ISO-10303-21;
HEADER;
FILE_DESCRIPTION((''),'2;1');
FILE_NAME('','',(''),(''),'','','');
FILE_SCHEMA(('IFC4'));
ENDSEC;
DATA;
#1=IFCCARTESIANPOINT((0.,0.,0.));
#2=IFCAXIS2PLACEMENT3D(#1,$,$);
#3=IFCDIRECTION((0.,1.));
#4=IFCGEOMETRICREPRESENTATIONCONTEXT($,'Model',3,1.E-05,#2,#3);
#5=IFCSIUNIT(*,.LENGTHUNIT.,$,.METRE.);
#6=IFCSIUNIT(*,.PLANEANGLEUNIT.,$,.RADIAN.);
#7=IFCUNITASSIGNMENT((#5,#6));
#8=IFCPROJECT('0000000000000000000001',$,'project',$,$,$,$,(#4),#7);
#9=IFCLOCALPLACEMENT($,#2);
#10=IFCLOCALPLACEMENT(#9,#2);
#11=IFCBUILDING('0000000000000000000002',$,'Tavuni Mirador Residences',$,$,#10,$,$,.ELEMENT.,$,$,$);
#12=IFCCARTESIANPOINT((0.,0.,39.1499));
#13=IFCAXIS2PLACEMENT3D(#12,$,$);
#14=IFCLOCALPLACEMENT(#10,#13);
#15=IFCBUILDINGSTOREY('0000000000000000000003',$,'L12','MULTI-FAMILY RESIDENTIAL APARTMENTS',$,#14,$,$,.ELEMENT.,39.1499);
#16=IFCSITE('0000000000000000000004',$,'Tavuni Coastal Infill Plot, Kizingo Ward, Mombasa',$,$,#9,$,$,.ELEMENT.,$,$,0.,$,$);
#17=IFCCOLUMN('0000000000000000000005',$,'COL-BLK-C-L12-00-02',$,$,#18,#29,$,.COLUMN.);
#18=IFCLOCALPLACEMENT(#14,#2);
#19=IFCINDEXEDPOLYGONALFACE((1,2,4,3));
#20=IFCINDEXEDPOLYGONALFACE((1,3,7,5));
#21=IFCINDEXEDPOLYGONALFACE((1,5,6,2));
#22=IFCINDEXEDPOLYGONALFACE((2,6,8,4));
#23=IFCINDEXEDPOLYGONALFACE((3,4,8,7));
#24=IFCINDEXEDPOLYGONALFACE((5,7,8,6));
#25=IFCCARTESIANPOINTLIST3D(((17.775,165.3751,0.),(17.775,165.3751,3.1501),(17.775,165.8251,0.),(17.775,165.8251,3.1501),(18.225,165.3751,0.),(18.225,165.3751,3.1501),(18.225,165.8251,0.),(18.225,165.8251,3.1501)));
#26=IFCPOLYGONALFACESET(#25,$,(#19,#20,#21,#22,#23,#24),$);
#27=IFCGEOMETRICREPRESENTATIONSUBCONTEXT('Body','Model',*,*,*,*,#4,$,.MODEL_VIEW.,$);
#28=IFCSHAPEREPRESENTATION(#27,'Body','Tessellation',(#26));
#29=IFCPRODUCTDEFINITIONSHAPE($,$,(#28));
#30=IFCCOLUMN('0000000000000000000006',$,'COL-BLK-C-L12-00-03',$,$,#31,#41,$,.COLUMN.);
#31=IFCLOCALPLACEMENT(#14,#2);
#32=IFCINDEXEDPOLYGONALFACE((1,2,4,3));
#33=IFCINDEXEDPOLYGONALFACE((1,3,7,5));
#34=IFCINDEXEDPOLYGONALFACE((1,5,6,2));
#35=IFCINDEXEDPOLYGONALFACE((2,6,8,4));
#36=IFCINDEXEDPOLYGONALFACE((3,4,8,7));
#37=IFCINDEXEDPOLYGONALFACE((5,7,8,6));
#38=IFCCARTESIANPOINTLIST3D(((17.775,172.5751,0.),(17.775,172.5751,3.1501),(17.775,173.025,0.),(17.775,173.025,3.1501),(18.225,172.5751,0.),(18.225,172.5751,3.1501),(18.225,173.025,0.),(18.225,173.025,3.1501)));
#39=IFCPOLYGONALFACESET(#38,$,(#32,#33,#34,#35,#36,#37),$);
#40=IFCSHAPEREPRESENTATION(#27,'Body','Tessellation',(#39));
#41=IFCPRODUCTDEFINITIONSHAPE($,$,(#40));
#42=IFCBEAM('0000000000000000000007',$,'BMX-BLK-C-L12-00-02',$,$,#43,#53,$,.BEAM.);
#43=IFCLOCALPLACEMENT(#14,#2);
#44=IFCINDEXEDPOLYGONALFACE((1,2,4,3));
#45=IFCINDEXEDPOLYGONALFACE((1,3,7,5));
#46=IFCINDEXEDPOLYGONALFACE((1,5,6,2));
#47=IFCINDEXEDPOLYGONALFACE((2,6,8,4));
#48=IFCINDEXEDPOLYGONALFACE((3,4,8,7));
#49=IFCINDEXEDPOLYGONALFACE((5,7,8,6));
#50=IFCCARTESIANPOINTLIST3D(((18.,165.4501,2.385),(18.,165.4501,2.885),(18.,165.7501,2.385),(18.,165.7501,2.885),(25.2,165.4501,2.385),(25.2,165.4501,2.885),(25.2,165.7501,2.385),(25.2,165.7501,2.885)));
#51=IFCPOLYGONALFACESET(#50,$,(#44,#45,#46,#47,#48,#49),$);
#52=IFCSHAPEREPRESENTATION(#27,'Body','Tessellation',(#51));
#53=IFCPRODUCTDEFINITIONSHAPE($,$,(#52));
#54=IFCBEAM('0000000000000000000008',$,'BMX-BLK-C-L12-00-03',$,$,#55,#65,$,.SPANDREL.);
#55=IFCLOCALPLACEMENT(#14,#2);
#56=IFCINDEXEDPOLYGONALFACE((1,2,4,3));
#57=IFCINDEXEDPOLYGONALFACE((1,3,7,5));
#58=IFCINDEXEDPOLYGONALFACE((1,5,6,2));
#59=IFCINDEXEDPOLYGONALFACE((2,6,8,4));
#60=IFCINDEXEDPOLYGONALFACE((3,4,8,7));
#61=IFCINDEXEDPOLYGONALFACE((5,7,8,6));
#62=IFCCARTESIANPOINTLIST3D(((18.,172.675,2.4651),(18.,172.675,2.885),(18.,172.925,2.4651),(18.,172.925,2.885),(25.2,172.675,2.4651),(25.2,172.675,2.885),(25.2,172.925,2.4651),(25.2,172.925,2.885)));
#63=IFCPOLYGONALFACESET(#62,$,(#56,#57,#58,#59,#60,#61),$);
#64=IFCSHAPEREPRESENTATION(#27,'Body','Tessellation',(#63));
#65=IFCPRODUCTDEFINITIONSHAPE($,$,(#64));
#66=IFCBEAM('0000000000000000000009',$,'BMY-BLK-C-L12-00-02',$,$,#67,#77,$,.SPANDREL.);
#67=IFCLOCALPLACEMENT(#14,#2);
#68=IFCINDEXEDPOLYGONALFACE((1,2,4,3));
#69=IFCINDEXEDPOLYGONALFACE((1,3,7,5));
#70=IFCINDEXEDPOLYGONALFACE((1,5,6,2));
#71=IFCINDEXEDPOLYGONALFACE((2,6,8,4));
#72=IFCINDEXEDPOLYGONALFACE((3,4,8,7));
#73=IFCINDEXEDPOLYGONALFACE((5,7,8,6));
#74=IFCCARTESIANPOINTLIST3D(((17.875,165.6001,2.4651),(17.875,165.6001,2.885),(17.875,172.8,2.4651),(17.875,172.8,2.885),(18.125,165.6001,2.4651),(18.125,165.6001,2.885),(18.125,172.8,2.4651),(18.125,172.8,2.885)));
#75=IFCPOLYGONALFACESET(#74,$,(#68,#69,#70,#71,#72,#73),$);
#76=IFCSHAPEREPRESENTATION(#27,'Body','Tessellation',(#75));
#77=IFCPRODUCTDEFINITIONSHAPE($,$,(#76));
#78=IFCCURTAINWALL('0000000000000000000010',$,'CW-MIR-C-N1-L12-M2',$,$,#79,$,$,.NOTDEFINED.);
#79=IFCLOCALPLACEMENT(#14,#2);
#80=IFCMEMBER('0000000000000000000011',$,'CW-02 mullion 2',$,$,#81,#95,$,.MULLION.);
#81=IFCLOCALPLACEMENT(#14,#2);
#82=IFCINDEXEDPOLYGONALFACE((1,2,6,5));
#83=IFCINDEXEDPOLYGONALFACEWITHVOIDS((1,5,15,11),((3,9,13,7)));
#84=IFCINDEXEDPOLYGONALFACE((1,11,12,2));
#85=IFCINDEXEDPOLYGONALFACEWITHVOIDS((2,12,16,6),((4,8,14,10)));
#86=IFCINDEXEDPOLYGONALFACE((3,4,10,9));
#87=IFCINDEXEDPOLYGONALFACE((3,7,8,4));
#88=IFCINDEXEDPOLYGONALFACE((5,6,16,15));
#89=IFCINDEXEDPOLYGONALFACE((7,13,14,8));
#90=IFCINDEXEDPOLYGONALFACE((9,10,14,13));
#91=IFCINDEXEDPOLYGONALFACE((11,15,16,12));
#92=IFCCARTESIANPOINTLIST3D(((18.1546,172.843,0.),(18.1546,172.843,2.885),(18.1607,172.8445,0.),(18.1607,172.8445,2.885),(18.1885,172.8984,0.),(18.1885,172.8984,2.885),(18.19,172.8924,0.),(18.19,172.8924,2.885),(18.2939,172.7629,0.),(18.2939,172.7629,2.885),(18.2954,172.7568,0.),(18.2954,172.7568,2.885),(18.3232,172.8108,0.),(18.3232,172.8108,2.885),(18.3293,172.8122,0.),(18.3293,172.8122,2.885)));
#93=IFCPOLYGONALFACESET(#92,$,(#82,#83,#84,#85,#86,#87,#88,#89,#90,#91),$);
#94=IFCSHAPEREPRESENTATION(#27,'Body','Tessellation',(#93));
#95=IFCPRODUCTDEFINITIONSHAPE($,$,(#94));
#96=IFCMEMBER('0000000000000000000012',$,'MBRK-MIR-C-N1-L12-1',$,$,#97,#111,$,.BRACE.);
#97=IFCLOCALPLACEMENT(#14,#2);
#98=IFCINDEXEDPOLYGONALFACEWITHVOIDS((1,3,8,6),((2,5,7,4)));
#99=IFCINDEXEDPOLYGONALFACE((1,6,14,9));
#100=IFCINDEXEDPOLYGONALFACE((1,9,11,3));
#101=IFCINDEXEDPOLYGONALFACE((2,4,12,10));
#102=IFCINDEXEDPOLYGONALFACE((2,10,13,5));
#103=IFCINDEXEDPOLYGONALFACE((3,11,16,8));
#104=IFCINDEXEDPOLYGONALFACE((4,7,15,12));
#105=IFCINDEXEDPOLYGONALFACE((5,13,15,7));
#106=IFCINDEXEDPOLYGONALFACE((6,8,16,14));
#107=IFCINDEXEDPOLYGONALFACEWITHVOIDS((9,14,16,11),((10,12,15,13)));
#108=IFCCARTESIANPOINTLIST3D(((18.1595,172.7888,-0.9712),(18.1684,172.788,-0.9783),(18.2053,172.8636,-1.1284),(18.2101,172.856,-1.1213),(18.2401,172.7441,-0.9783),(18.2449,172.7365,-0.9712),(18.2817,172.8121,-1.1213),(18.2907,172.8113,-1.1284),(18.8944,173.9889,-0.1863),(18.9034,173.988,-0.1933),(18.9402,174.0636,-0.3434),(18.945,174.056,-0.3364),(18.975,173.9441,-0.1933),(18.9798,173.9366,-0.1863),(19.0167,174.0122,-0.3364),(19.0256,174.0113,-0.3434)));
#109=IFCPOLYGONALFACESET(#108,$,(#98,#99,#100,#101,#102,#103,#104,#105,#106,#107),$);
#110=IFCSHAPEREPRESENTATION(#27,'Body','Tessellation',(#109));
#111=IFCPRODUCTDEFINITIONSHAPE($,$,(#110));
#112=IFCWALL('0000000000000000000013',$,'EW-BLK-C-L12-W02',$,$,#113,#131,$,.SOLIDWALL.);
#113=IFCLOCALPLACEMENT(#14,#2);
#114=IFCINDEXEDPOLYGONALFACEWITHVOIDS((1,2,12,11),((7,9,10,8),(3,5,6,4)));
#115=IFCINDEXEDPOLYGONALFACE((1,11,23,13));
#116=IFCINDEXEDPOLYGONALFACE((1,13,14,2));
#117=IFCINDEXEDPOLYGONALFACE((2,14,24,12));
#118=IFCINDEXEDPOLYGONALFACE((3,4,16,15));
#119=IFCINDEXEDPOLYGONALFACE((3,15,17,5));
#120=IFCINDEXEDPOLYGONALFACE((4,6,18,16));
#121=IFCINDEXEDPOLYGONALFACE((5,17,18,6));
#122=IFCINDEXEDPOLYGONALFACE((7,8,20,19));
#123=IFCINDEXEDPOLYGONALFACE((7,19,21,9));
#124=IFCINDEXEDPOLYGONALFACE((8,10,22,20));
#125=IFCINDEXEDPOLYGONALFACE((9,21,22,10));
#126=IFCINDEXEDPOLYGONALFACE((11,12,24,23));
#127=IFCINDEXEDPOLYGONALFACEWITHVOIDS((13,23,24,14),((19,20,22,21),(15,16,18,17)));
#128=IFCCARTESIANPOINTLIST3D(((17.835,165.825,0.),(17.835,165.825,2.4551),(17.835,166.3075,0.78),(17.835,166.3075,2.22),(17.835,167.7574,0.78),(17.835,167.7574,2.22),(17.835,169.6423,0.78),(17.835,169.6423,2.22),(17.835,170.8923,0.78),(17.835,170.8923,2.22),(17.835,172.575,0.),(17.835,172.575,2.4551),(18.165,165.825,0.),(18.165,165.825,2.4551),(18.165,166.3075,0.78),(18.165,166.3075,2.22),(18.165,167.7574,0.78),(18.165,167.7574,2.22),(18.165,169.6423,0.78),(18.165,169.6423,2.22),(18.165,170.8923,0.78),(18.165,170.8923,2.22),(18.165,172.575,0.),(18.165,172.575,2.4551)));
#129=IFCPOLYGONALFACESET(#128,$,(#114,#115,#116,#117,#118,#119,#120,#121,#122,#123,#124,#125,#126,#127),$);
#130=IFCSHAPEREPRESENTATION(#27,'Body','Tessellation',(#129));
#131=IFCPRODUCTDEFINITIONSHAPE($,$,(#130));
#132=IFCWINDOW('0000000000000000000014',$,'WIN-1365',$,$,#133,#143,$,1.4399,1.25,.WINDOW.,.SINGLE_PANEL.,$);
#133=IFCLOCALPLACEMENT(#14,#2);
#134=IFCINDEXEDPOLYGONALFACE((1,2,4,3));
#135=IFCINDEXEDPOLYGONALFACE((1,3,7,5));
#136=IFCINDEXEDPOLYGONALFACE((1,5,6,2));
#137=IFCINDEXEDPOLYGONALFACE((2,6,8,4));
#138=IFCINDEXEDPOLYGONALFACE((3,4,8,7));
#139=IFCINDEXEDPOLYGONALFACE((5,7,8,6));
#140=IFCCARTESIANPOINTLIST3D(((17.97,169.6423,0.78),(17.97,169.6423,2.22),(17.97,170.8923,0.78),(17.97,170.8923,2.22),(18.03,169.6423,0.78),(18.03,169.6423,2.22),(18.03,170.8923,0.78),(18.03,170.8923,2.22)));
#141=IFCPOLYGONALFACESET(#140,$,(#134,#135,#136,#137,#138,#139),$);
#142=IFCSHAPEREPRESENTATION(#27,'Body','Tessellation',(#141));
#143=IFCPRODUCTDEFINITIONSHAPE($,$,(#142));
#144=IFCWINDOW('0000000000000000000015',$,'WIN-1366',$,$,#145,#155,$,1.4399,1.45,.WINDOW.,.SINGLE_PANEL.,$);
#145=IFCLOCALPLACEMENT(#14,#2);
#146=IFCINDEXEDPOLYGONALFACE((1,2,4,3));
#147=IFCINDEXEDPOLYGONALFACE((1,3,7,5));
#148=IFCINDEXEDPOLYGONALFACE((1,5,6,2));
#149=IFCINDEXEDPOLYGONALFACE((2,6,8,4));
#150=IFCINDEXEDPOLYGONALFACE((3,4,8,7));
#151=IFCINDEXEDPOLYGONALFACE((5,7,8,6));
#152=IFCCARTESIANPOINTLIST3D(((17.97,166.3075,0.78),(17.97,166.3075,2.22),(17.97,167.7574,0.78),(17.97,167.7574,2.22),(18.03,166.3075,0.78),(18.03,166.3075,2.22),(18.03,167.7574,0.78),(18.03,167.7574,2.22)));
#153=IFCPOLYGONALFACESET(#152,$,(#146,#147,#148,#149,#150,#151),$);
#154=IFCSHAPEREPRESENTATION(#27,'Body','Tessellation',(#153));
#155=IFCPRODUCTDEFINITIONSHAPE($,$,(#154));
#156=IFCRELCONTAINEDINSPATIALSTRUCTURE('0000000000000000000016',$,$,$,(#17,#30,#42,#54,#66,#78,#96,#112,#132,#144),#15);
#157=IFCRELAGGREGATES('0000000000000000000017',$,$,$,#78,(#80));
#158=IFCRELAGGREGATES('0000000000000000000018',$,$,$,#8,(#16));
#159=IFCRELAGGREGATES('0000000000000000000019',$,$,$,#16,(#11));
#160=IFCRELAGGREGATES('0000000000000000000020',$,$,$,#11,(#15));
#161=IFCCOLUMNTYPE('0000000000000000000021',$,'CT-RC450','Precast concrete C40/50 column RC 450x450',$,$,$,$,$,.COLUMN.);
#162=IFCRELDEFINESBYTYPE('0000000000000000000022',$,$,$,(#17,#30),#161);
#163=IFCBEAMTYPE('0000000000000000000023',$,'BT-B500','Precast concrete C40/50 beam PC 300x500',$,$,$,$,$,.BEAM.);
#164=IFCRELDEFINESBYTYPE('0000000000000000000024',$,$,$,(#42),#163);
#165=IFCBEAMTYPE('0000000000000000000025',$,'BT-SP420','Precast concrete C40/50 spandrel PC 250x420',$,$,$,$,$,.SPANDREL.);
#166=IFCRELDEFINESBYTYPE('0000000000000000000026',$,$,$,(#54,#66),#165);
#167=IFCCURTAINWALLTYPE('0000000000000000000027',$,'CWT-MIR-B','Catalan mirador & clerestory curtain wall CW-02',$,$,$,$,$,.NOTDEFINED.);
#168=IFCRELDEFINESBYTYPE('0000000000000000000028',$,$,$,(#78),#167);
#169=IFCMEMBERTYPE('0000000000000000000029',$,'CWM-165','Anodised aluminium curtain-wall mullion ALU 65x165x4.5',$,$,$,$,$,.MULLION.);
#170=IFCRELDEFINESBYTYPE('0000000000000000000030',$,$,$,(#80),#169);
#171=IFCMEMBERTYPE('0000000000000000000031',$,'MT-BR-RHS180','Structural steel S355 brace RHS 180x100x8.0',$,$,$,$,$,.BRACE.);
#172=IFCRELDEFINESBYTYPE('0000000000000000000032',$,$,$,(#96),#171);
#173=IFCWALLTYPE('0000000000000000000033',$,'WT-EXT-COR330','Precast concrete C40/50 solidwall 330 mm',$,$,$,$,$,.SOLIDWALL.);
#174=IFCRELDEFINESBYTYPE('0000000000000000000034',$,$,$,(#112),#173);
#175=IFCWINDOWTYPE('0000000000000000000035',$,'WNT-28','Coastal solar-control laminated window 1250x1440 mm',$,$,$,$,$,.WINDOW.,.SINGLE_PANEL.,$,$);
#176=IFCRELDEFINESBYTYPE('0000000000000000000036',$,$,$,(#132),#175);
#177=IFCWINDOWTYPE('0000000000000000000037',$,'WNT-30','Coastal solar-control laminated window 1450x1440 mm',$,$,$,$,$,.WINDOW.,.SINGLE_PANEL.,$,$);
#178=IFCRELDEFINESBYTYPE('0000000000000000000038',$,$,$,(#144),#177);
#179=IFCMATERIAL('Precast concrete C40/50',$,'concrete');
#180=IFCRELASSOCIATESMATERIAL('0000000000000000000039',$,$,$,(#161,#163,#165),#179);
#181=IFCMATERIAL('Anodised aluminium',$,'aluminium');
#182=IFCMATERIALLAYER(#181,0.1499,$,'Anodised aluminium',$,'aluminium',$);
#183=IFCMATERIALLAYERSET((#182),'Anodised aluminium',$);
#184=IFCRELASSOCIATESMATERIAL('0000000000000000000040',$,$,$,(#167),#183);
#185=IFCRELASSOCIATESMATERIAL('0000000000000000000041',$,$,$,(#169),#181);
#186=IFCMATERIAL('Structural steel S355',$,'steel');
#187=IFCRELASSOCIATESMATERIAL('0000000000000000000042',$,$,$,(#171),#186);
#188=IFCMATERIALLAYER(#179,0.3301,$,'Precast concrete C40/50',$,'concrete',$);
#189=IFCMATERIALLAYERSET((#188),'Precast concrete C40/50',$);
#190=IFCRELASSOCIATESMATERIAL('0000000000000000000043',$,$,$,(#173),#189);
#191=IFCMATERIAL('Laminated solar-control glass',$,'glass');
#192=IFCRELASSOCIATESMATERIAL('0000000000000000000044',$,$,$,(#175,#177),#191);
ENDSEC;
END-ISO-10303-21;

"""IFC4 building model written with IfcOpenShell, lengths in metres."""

from ifc_helpers import new_model, si_unit, direction, frame, frame_2d, origin, origin_2d, place, context, subcontext, project, spatial, rectangle, hollow_rectangle, extrude, material, layer, layer_set, material_profile, profile_set, type_object, element, fill, aggregate, save


model = new_model("IFC4")

# Units and contexts
model_context = context("Model", 3, precision=1e-05, world=origin(), true_north=direction((0.0, 1.0)))
body_context = subcontext(model_context, "Body", "Model", "MODEL_VIEW")
ifc_project = project(units=[si_unit("LENGTHUNIT", "METRE"), si_unit("PLANEANGLEUNIT", "RADIAN")], contexts=[model_context])

# Site, building, storey
site_placement = place(None, origin())
site = spatial("IfcSite", under=ifc_project, at=site_placement, Name="Tavuni Coastal Infill Plot, Kizingo Ward, Mombasa", CompositionType="ELEMENT", RefElevation=0.0)
building_placement = place(site_placement, origin())
building = spatial("IfcBuilding", under=site, at=building_placement, Name="Tavuni Mirador Residences", CompositionType="ELEMENT")
storey_placement = place(building_placement, frame((0.0, 0.0, 39.1499)))
storey = spatial("IfcBuildingStorey", under=building, at=storey_placement, Name="L12", Description="MULTI-FAMILY RESIDENTIAL APARTMENTS", CompositionType="ELEMENT", Elevation=39.1499)

# Columns
ifc_material_1 = material(Name="Precast concrete C40/50", Category="concrete")
ifc_material_profile_1 = material_profile(ifc_material_1, rectangle(XDim=0.45, YDim=0.45, at=origin_2d()), Name="RC 450x450", Category="concrete")
ifc_profile_set_1 = profile_set([ifc_material_profile_1], Name="Precast concrete C40/50")
column_type = type_object("IfcColumnType", Name="CT-RC450", Description="Precast concrete C40/50 column RC 450x450", PredefinedType="COLUMN", material=ifc_profile_set_1)
for number, where, z_axis, x_axis, name in (
    (1, (18.0, 165.6001, 0.0), (0.0, 0.0, 1.0), (1.0, 0.0, 0.0), "COL-BLK-C-L12-00-02"),
    (2, (18.0, 172.8, 0.0), (0.0, 0.0, 1.0), (1.0, 0.0, 0.0), "COL-BLK-C-L12-00-03"),
):
    element("IfcColumn", number, at=place(storey_placement, frame(where, z_axis=z_axis, x_axis=x_axis)), inside=storey, type_object=column_type, Name=name, PredefinedType="COLUMN", context=body_context, shape_type="SweptSolid", body=[
        extrude(rectangle(XDim=0.45, YDim=0.45, at=origin_2d()), origin(), (0.0, 0.0, 1.0), 3.1501),
    ])

# Beams
ifc_material_profile_2 = material_profile(ifc_material_1, rectangle(XDim=0.3, YDim=0.5, at=origin_2d()), Name="PC 300x500", Category="concrete")
ifc_profile_set_2 = profile_set([ifc_material_profile_2], Name="Precast concrete C40/50")
beam_type_1 = type_object("IfcBeamType", Name="BT-B500", Description="Precast concrete C40/50 beam PC 300x500", PredefinedType="BEAM", material=ifc_profile_set_2)
beam_placement = place(storey_placement, frame((18.0, 165.6001, 2.635), z_axis=(1.0, 0.0, 0.0), x_axis=(0.0, 1.0, 0.0)))
element("IfcBeam", 3, at=beam_placement, inside=storey, type_object=beam_type_1, Name="BMX-BLK-C-L12-00-02", PredefinedType="BEAM", context=body_context, shape_type="SweptSolid", body=[
    extrude(rectangle(XDim=0.3, YDim=0.5, at=origin_2d()), origin(), (0.0, 0.0, 1.0), 7.2),
])
ifc_material_profile_3 = material_profile(ifc_material_1, rectangle(XDim=0.25, YDim=0.4199, at=origin_2d()), Name="PC 250x420", Category="concrete")
ifc_profile_set_3 = profile_set([ifc_material_profile_3], Name="Precast concrete C40/50")
beam_type_2 = type_object("IfcBeamType", Name="BT-SP420", Description="Precast concrete C40/50 spandrel PC 250x420", PredefinedType="SPANDREL", material=ifc_profile_set_3)
for number, where, z_axis, x_axis, name in (
    (4, (18.0, 172.8, 2.675), (1.0, 0.0, 0.0), (0.0, 1.0, 0.0), "BMX-BLK-C-L12-00-03"),
    (5, (18.0, 165.6001, 2.675), (0.0, 1.0, 0.0), (-1.0, 0.0, 0.0), "BMY-BLK-C-L12-00-02"),
):
    element("IfcBeam", number, at=place(storey_placement, frame(where, z_axis=z_axis, x_axis=x_axis)), inside=storey, type_object=beam_type_2, Name=name, PredefinedType="SPANDREL", context=body_context, shape_type="SweptSolid", body=[
        extrude(rectangle(XDim=0.25, YDim=0.4199, at=origin_2d()), origin(), (0.0, 0.0, 1.0), 7.2),
    ])

# Curtain wall, member
ifc_material_2 = material(Name="Anodised aluminium", Category="aluminium")
ifc_layer_1 = layer(ifc_material_2, 0.1499, Name="Anodised aluminium", Category="aluminium")
ifc_layer_set_1 = layer_set([ifc_layer_1], Name="Anodised aluminium")
curtain_wall_type = type_object("IfcCurtainWallType", Name="CWT-MIR-B", Description="Catalan mirador & clerestory curtain wall CW-02", PredefinedType="NOTDEFINED", material=ifc_layer_set_1)
curtain_wall_placement = place(storey_placement, origin())
curtain_wall = element("IfcCurtainWall", 6, at=curtain_wall_placement, inside=storey, type_object=curtain_wall_type, Name="CW-MIR-C-N1-L12-M2", PredefinedType="NOTDEFINED")
ifc_material_profile_4 = material_profile(ifc_material_2, hollow_rectangle(XDim=0.0649, YDim=0.165, WallThickness=0.0044, at=origin_2d()), Name="ALU 65x165x4.5", Category="aluminium")
ifc_profile_set_4 = profile_set([ifc_material_profile_4], Name="Anodised aluminium")
member_type_1 = type_object("IfcMemberType", Name="CWM-165", Description="Anodised aluminium curtain-wall mullion ALU 65x165x4.5", PredefinedType="MULLION", material=ifc_profile_set_4)
member_1_placement = place(storey_placement, frame((18.2419, 172.8276, 0.0), z_axis=(0.0, 0.0, 1.0), x_axis=(-0.522312, -0.852754, 0.0)))
member_1 = element("IfcMember", 7, at=member_1_placement, type_object=member_type_1, Name="CW-02 mullion 2", PredefinedType="MULLION", context=body_context, shape_type="SweptSolid", body=[
    extrude(hollow_rectangle(XDim=0.0649, YDim=0.165, WallThickness=0.0044, at=origin_2d()), origin(), (0.0, 0.0, 1.0), 2.885),
])
aggregate(curtain_wall, [member_1])

# Member
ifc_material_3 = material(Name="Structural steel S355", Category="steel")
ifc_material_profile_5 = material_profile(ifc_material_3, hollow_rectangle(XDim=0.1001, YDim=0.1799, WallThickness=0.0081, at=origin_2d()), Name="RHS 180x100x8.0", Category="steel")
ifc_profile_set_5 = profile_set([ifc_material_profile_5], Name="Structural steel S355")
member_type_2 = type_object("IfcMemberType", Name="MT-BR-RHS180", Description="Structural steel S355 brace RHS 180x100x8.0", PredefinedType="BRACE", material=ifc_profile_set_5)
member_2_placement = place(storey_placement, frame((18.2251, 172.8, -1.0498), z_axis=(0.456094, 0.744752, 0.487157), x_axis=(-0.852788, 0.522257, 0.0)))
element("IfcMember", 8, at=member_2_placement, inside=storey, type_object=member_type_2, Name="MBRK-MIR-C-N1-L12-1", PredefinedType="BRACE", context=body_context, shape_type="SweptSolid", body=[
    extrude(hollow_rectangle(XDim=0.1001, YDim=0.1799, WallThickness=0.0081, at=origin_2d()), origin(), (0.0, 0.0, 1.0), 1.6113),
])

# Wall, openings, windows
ifc_layer_2 = layer(ifc_material_1, 0.3301, Name="Precast concrete C40/50", Category="concrete")
ifc_layer_set_2 = layer_set([ifc_layer_2], Name="Precast concrete C40/50")
wall_type_1 = type_object("IfcWallType", Name="WT-EXT-COR330", Description="Precast concrete C40/50 solidwall 330 mm", PredefinedType="SOLIDWALL", material=ifc_layer_set_2)
wall_1_placement = place(storey_placement, frame((18.0, 172.575, 0.0), z_axis=(0.0, 0.0, 1.0), x_axis=(0.0, -1.0, 0.0)))
wall_1 = element("IfcWall", 9, at=wall_1_placement, inside=storey, type_object=wall_type_1, Name="EW-BLK-C-L12-W02", PredefinedType="SOLIDWALL", context=body_context, shape_type="SweptSolid", body=[
    extrude(rectangle(XDim=6.75, YDim=0.3301, at=frame_2d((3.375, 0.0))), origin(), (0.0, 0.0, 1.0), 2.4551),
])
opening_1_placement = place(wall_1_placement, frame((1.6826, 0.0, 0.78)))
opening_1 = element("IfcOpeningElement", 10, at=opening_1_placement, cuts=wall_1, PredefinedType="OPENING", context=body_context, shape_type="SweptSolid", body=[
    extrude(rectangle(XDim=1.25, YDim=1.4399, at=frame_2d((0.625, 0.72))), frame((0.0, 0.175, 0.0), z_axis=(0.0, -1.0, 0.0), x_axis=(1.0, 0.0, 0.0)), (0.0, 0.0, 1.0), 0.3501),
])
opening_2_placement = place(wall_1_placement, frame((4.8174, 0.0, 0.78)))
opening_2 = element("IfcOpeningElement", 11, at=opening_2_placement, cuts=wall_1, PredefinedType="OPENING", context=body_context, shape_type="SweptSolid", body=[
    extrude(rectangle(XDim=1.45, YDim=1.4399, at=frame_2d((0.7251, 0.72))), frame((0.0, 0.175, 0.0), z_axis=(0.0, -1.0, 0.0), x_axis=(1.0, 0.0, 0.0)), (0.0, 0.0, 1.0), 0.3501),
])
ifc_material_4 = material(Name="Laminated solar-control glass", Category="glass")
window_type_1 = type_object("IfcWindowType", Name="WNT-28", Description="Coastal solar-control laminated window 1250x1440 mm", PartitioningType="SINGLE_PANEL", PredefinedType="WINDOW", material=ifc_material_4)
window_1_placement = place(opening_1_placement, origin())
window_1 = element("IfcWindow", 12, at=window_1_placement, inside=storey, type_object=window_type_1, Name="WIN-1365", OverallHeight=1.4399, OverallWidth=1.25, PartitioningType="SINGLE_PANEL", PredefinedType="WINDOW", context=body_context, shape_type="SweptSolid", body=[
    extrude(rectangle(XDim=1.25, YDim=1.4399, at=frame_2d((0.625, 0.72))), frame((0.0, 0.03, 0.0), z_axis=(0.0, -1.0, 0.0), x_axis=(1.0, 0.0, 0.0)), (0.0, 0.0, 1.0), 0.0601),
])
fill(opening_1, window_1)
window_type_2 = type_object("IfcWindowType", Name="WNT-30", Description="Coastal solar-control laminated window 1450x1440 mm", PartitioningType="SINGLE_PANEL", PredefinedType="WINDOW", material=ifc_material_4)
window_2_placement = place(opening_2_placement, origin())
window_2 = element("IfcWindow", 13, at=window_2_placement, inside=storey, type_object=window_type_2, Name="WIN-1366", OverallHeight=1.4399, OverallWidth=1.45, PartitioningType="SINGLE_PANEL", PredefinedType="WINDOW", context=body_context, shape_type="SweptSolid", body=[
    extrude(rectangle(XDim=1.45, YDim=1.4399, at=frame_2d((0.7251, 0.72))), frame((0.0, 0.03, 0.0), z_axis=(0.0, -1.0, 0.0), x_axis=(1.0, 0.0, 0.0)), (0.0, 0.0, 1.0), 0.0601),
])
fill(opening_2, window_2)

save(model, "model.ifc")
